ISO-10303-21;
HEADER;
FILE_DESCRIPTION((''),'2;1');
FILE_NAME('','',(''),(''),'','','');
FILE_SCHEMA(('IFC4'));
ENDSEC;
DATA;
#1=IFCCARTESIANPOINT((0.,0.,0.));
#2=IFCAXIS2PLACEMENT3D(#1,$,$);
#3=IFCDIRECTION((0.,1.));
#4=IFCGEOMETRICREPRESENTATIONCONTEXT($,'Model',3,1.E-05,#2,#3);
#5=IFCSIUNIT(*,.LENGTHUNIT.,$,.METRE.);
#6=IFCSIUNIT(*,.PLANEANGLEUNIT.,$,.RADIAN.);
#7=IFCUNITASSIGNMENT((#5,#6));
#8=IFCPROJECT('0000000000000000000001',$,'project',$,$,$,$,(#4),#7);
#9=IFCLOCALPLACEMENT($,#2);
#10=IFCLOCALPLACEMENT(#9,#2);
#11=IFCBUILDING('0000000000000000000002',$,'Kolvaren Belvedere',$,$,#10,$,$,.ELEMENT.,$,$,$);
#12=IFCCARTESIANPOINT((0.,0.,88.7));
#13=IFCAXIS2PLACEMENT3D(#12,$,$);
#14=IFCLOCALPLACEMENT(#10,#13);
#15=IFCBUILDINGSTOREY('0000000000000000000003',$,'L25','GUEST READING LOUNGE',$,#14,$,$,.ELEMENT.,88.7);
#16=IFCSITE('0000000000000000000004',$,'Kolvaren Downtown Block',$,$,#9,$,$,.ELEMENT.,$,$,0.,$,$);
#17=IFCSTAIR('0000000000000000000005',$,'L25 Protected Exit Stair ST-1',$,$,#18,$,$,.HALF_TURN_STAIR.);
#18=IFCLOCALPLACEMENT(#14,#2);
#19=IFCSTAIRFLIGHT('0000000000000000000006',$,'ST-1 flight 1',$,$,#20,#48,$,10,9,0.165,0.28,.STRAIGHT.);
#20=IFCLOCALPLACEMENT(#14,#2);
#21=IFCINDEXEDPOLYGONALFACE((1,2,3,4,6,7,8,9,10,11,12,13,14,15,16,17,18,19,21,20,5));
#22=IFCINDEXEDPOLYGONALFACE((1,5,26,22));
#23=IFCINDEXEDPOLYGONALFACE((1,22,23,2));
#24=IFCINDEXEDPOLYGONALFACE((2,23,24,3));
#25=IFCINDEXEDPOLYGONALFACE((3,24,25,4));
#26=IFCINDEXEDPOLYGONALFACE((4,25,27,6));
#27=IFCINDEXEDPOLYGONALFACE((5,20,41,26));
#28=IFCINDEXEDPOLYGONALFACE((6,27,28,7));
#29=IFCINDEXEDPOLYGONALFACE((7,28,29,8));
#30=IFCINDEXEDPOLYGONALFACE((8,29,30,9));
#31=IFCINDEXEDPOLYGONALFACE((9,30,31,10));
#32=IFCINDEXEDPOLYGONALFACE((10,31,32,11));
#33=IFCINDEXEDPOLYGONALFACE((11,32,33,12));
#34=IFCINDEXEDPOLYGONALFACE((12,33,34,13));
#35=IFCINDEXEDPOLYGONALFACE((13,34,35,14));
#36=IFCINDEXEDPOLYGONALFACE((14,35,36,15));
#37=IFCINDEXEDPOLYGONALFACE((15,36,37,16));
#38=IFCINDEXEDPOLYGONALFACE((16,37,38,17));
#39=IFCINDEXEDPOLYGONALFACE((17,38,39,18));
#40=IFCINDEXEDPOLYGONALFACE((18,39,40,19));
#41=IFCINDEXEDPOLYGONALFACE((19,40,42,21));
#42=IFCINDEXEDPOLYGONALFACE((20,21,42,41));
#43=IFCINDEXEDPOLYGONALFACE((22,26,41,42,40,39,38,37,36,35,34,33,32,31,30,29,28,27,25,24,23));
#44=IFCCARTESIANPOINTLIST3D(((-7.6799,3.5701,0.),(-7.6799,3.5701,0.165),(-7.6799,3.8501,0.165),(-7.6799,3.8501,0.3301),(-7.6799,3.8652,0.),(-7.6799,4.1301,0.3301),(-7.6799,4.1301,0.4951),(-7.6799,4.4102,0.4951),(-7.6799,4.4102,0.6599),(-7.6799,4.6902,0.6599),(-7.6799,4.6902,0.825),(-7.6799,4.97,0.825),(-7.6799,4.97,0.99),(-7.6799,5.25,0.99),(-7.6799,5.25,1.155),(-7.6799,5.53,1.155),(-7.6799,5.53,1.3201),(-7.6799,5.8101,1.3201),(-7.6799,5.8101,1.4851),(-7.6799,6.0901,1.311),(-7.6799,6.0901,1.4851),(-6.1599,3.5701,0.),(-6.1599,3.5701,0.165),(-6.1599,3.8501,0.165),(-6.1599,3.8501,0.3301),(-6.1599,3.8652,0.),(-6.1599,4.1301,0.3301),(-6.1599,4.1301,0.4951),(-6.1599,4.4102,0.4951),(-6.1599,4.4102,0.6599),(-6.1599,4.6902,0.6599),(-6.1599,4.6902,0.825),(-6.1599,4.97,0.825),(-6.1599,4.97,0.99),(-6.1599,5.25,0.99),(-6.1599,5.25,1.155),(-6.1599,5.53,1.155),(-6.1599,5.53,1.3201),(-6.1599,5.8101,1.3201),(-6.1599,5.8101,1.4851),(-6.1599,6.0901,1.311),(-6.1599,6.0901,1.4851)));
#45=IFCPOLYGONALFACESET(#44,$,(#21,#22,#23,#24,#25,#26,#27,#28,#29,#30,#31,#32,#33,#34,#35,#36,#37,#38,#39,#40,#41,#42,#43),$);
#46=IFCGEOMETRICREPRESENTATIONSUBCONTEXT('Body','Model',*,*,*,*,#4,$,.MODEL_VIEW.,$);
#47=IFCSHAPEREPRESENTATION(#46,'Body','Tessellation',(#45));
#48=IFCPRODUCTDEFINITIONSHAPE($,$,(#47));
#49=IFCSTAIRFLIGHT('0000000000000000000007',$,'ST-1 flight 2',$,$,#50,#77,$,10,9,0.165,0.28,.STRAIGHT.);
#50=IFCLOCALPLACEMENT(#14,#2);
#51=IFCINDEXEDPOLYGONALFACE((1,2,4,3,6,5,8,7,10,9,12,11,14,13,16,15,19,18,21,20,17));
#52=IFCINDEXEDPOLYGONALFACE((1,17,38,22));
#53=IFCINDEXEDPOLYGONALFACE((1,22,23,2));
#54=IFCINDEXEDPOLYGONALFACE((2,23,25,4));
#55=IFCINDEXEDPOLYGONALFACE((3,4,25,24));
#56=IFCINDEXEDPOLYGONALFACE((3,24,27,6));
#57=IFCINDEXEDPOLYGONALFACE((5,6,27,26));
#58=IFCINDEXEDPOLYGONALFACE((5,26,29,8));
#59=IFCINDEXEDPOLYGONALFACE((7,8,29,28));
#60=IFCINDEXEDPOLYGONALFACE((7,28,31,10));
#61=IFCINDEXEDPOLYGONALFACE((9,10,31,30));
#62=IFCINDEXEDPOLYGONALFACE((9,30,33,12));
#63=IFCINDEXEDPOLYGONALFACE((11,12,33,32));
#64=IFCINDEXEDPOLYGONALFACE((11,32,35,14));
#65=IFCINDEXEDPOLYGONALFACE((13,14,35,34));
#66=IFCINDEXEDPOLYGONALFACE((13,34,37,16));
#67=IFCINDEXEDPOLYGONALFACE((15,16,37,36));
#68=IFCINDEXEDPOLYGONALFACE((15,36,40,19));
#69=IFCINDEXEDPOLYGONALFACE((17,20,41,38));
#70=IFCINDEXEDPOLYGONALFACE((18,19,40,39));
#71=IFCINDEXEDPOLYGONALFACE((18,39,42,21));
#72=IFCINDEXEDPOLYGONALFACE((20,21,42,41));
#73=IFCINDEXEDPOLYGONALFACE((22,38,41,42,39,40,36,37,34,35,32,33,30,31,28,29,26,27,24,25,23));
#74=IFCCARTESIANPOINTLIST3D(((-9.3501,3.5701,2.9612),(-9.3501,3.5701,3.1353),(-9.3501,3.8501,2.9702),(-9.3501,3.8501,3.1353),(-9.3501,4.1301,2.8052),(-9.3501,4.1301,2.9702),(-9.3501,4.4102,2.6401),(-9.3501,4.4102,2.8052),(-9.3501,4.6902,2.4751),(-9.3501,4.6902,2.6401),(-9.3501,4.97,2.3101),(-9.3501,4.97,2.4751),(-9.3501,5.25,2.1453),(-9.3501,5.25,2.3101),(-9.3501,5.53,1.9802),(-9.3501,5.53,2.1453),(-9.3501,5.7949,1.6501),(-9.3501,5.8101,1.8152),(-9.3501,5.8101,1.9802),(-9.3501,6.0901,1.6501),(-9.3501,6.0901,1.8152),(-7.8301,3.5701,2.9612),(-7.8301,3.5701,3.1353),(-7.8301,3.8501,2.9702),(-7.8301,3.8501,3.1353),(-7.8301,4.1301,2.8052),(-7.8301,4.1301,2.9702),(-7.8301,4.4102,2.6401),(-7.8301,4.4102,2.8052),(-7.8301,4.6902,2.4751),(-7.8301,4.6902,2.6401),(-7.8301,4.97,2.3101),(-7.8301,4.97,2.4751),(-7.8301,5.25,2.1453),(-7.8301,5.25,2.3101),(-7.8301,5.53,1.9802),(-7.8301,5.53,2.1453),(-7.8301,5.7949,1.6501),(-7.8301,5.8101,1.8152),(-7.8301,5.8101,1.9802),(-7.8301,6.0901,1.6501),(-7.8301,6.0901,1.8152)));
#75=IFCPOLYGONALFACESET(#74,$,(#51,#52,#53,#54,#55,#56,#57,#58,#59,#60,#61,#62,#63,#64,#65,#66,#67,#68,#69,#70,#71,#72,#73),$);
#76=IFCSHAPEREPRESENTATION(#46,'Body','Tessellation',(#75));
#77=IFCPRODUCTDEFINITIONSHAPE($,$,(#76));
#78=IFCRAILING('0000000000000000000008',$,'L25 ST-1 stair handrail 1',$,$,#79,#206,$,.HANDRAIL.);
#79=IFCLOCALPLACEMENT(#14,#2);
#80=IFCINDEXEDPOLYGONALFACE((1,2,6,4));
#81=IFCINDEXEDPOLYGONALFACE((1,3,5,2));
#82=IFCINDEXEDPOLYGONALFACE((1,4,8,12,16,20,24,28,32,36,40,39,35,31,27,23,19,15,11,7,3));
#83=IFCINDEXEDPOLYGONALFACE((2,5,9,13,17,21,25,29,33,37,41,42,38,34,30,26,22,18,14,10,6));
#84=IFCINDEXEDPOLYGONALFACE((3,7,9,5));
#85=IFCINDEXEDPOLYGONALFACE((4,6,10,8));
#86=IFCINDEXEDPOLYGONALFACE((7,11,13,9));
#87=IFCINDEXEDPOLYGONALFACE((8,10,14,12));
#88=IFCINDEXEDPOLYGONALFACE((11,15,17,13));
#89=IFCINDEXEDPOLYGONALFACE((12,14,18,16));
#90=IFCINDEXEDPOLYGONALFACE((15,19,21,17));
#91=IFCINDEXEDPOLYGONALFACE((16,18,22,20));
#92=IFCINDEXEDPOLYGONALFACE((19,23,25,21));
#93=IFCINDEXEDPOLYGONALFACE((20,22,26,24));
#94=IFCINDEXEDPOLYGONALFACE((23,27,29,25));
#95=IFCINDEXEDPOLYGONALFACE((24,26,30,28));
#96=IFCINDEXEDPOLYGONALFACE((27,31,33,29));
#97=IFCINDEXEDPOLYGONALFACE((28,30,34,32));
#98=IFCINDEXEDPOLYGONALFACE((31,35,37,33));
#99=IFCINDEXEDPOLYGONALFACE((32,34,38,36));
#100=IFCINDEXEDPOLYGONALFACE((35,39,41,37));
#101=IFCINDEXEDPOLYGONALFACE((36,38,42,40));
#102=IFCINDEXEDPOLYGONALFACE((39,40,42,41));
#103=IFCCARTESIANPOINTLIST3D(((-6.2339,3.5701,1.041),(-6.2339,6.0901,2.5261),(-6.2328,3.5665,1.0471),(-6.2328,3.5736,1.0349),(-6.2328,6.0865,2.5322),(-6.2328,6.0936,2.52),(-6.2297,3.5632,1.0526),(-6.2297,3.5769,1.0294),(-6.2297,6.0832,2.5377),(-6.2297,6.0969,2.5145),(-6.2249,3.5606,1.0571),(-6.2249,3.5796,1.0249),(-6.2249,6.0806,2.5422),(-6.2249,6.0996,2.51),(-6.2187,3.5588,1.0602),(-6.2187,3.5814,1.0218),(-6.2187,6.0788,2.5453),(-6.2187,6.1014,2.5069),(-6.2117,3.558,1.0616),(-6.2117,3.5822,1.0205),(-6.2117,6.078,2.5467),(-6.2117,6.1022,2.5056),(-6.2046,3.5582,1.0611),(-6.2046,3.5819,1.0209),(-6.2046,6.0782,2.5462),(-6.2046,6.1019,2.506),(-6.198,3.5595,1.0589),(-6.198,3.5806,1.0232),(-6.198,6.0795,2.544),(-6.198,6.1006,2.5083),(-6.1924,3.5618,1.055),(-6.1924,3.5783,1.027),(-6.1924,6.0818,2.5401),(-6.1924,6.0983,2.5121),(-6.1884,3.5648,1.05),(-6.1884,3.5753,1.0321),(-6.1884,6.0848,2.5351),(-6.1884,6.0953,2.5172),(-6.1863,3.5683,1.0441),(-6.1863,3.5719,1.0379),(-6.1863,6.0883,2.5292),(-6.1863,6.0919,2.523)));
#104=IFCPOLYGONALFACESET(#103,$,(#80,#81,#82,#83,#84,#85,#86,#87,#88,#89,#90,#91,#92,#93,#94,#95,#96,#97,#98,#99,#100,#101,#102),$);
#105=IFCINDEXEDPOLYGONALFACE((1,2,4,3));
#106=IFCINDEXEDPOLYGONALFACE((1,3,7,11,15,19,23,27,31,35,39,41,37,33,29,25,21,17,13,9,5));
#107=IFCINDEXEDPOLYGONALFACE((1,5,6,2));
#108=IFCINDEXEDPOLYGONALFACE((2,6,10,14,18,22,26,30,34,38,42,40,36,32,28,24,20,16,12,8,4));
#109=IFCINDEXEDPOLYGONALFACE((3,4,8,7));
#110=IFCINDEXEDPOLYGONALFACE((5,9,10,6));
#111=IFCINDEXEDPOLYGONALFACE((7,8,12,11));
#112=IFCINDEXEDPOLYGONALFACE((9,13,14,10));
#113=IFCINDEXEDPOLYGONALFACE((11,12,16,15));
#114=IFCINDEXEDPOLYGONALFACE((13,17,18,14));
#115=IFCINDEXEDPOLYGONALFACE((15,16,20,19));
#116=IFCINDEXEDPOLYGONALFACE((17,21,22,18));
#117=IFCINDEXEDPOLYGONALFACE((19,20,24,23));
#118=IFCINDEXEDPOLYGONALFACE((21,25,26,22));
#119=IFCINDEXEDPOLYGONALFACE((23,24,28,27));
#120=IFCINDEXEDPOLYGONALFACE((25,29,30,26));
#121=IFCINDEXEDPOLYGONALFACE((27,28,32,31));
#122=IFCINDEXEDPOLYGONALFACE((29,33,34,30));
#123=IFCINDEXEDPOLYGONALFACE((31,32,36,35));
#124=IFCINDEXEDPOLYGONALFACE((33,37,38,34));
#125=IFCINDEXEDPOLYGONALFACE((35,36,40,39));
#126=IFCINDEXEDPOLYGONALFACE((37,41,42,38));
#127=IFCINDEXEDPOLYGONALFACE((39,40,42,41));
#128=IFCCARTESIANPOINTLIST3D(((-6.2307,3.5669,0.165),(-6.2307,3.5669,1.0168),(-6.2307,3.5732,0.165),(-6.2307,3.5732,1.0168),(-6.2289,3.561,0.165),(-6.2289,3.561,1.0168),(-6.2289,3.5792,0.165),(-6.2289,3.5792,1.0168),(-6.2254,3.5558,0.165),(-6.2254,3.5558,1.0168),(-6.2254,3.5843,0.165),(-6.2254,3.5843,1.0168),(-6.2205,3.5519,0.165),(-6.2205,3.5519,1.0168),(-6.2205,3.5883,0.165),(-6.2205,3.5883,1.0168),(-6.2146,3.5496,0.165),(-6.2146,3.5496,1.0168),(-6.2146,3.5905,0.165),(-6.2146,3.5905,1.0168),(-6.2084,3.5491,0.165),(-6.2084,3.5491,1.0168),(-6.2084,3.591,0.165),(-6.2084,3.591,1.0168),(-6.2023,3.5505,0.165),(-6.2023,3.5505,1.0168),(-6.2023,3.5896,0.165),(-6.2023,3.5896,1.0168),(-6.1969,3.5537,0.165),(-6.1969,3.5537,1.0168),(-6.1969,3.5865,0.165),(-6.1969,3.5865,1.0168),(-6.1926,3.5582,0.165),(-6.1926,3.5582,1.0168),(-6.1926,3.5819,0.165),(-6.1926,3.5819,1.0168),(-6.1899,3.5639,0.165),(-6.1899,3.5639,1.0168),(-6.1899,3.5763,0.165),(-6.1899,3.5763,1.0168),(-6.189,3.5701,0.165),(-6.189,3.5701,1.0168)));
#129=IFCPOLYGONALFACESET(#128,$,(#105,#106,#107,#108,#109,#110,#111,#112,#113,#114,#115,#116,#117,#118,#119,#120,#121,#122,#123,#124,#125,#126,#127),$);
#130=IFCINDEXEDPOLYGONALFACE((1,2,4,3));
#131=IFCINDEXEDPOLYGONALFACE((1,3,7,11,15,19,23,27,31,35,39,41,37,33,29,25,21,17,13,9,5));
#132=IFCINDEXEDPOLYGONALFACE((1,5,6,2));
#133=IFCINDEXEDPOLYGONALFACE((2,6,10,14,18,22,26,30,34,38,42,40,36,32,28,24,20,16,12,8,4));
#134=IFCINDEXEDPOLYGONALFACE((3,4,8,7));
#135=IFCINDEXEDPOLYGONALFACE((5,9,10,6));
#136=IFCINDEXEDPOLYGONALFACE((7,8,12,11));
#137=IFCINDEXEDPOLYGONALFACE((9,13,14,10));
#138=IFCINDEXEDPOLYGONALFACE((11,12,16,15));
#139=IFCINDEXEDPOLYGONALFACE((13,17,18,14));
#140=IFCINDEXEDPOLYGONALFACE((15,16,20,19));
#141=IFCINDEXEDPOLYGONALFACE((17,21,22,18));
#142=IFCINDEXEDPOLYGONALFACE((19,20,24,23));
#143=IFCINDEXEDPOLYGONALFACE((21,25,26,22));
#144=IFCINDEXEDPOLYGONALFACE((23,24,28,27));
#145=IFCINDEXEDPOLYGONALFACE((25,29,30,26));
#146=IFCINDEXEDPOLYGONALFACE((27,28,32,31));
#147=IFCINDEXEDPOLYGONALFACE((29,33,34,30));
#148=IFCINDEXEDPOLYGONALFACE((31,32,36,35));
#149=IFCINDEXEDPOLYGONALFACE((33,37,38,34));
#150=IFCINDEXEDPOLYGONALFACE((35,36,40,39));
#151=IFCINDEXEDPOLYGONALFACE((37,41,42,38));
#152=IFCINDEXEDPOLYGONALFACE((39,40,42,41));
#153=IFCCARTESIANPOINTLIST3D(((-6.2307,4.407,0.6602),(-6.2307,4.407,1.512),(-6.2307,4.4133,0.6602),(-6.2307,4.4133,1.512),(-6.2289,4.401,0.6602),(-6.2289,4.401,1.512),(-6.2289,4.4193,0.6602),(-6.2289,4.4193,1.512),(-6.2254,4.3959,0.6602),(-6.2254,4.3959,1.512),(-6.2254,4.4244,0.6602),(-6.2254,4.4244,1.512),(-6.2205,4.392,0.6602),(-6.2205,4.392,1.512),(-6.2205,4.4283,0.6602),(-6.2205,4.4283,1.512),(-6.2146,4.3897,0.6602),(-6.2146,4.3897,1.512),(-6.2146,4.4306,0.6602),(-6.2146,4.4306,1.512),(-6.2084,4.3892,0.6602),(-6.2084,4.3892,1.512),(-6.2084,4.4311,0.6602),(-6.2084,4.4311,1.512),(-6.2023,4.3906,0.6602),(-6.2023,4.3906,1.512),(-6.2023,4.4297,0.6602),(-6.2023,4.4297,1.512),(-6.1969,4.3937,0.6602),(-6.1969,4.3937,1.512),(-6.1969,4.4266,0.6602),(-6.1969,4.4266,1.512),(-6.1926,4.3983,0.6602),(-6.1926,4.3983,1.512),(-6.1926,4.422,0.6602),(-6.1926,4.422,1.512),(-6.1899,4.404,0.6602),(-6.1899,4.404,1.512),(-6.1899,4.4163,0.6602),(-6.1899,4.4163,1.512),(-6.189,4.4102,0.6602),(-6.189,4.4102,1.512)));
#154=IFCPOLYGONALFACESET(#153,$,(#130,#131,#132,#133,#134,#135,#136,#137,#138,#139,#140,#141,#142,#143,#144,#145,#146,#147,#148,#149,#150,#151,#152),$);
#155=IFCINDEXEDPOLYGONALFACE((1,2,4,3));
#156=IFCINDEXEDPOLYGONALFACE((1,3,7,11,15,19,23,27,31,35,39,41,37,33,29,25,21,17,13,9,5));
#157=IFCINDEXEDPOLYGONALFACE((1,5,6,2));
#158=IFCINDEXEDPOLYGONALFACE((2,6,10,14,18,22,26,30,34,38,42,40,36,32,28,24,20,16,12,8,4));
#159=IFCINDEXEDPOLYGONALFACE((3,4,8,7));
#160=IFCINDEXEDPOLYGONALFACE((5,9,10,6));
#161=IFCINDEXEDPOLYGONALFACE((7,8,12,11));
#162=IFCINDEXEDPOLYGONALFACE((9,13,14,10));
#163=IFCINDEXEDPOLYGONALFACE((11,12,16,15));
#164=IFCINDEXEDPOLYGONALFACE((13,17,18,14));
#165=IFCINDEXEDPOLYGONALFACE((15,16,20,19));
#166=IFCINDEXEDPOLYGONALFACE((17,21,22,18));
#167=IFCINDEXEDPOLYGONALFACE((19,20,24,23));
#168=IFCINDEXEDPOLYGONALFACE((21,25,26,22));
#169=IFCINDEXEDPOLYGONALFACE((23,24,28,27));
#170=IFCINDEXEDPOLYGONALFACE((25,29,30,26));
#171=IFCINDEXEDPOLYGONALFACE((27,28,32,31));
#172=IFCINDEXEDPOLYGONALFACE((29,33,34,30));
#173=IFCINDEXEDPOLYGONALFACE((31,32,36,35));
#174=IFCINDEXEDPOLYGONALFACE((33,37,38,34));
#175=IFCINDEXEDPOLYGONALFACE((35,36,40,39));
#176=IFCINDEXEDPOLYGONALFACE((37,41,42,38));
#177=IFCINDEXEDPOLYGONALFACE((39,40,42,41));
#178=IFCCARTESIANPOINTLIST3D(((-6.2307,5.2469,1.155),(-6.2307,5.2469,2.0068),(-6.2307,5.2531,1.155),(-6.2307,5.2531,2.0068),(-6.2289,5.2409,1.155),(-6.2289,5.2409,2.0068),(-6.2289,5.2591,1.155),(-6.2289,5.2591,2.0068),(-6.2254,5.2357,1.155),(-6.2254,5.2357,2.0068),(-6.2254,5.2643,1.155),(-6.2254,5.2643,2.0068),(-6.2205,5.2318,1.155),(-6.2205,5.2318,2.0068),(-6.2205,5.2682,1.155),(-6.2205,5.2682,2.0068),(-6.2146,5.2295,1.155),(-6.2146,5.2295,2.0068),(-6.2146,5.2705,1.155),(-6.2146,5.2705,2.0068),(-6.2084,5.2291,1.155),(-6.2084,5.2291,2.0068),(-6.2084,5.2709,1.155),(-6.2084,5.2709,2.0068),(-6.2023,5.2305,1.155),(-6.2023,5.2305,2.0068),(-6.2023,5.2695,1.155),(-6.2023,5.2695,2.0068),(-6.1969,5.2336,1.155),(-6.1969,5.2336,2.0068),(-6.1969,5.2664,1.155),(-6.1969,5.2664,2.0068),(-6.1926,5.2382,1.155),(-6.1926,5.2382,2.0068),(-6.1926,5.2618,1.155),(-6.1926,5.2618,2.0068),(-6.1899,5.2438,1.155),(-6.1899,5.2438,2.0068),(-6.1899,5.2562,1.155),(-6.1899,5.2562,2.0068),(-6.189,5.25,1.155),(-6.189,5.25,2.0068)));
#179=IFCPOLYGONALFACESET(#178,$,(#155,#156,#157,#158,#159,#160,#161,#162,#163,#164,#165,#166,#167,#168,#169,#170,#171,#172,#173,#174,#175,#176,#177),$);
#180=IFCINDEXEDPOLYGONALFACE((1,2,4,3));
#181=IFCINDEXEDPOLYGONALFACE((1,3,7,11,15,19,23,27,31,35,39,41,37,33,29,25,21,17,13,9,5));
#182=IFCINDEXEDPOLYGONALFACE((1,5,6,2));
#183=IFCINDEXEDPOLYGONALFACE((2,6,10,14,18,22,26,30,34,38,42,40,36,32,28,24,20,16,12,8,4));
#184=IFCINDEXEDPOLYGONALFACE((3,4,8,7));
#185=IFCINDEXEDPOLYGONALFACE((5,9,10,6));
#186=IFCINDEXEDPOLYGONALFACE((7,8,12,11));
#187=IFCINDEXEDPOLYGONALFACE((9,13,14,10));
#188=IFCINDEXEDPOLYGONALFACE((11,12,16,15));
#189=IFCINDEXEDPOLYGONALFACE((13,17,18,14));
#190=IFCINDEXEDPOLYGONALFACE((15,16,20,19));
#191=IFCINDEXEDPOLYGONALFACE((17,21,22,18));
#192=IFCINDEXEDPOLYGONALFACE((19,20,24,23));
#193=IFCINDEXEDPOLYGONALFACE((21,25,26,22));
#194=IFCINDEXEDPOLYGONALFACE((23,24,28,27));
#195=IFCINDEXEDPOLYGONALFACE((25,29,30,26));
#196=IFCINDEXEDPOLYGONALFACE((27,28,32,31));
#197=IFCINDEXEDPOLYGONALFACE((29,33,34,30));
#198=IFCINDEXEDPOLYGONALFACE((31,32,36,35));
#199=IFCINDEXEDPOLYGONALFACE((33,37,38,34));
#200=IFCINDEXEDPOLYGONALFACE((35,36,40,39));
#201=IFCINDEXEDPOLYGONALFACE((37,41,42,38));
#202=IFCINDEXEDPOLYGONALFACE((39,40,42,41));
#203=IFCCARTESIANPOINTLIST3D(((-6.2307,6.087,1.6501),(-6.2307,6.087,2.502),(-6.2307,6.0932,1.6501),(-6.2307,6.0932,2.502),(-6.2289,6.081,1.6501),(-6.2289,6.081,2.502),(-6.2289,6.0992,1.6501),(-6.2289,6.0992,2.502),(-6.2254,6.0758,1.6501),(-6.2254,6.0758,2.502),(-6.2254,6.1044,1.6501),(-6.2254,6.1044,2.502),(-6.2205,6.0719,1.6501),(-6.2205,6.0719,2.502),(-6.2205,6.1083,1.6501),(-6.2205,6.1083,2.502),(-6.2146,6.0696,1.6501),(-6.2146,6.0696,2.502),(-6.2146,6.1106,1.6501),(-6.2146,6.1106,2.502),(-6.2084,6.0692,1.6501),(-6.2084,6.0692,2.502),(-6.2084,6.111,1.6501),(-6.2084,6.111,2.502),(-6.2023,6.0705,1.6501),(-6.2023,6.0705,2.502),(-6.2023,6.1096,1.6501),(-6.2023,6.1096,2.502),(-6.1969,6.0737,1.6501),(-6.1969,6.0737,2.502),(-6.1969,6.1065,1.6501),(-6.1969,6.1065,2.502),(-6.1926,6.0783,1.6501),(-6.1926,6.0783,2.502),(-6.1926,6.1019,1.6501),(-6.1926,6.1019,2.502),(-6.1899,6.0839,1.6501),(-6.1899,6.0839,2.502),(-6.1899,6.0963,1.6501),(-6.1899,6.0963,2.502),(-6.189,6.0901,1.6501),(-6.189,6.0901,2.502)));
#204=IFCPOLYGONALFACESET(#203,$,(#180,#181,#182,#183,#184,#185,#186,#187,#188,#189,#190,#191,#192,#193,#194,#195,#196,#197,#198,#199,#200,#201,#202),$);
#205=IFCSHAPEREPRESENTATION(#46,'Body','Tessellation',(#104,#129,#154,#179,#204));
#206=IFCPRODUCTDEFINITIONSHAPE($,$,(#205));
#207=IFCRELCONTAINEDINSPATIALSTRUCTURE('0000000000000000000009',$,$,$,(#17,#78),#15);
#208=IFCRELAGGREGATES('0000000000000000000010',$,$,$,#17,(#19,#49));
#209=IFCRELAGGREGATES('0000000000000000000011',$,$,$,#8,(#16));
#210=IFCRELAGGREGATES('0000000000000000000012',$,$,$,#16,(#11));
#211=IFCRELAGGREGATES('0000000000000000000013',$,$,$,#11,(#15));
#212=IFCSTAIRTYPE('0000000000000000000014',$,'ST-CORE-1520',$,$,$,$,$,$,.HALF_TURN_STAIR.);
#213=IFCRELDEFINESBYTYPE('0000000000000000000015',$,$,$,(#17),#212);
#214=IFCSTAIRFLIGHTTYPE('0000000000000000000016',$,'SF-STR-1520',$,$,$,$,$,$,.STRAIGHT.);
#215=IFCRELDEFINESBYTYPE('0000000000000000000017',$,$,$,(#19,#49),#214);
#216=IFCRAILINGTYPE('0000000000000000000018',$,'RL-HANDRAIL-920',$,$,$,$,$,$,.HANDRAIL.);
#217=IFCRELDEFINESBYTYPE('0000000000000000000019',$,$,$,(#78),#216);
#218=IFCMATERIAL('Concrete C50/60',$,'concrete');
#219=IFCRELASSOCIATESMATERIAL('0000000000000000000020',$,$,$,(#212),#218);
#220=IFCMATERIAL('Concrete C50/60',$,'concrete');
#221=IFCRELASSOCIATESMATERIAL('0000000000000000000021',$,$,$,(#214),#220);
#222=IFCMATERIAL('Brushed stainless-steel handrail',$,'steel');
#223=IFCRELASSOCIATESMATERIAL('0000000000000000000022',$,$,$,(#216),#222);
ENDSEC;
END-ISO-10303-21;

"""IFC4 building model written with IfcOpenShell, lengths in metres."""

from ifc_helpers import new_model, si_unit, direction, frame, origin, origin_2d, place, context, subcontext, project, spatial, polyline, circle, outline, extrude, material, type_object, element, aggregate, save


model = new_model("IFC4")

# Units and contexts
model_context = context("Model", 3, precision=1e-05, world=origin(), true_north=direction((0.0, 1.0)))
body_context = subcontext(model_context, "Body", "Model", "MODEL_VIEW")
ifc_project = project(units=[si_unit("LENGTHUNIT", "METRE"), si_unit("PLANEANGLEUNIT", "RADIAN")], contexts=[model_context])

# Site, building, storey
site_placement = place(None, origin())
site = spatial("IfcSite", under=ifc_project, at=site_placement, Name="Kolvaren Downtown Block", CompositionType="ELEMENT", RefElevation=0.0)
building_placement = place(site_placement, origin())
building = spatial("IfcBuilding", under=site, at=building_placement, Name="Kolvaren Belvedere", CompositionType="ELEMENT")
storey_placement = place(building_placement, frame((0.0, 0.0, 88.7)))
storey = spatial("IfcBuildingStorey", under=building, at=storey_placement, Name="L25", Description="GUEST READING LOUNGE", CompositionType="ELEMENT", Elevation=88.7)

# Stair, stair flights
ifc_material_1 = material(Name="Concrete C50/60", Category="concrete")
stair_type = type_object("IfcStairType", Name="ST-CORE-1520", PredefinedType="HALF_TURN_STAIR", material=ifc_material_1)
stair_placement = place(storey_placement, origin())
stair = element("IfcStair", 1, at=stair_placement, inside=storey, type_object=stair_type, Name="L25 Protected Exit Stair ST-1", PredefinedType="HALF_TURN_STAIR")
ifc_material_2 = material(Name="Concrete C50/60", Category="concrete")
stair_flight_type = type_object("IfcStairFlightType", Name="SF-STR-1520", PredefinedType="STRAIGHT", material=ifc_material_2)
stair_flight_1_placement = place(storey_placement, frame((-6.9199, 3.5701, 0.0), z_axis=(0.0, 0.0, 1.0), x_axis=(0.0, 1.0, 0.0)))
stair_flight_1 = element("IfcStairFlight", 2, at=stair_flight_1_placement, type_object=stair_flight_type, Name="ST-1 flight 1", NumberOfRisers=10, NumberOfTreads=9, PredefinedType="STRAIGHT", RiserHeight=0.165, TreadLength=0.28, context=body_context, shape_type="SweptSolid", body=[
    extrude(outline(polyline([(0.0, 0.0), (0.0, 0.165), (0.28, 0.165), (0.28, 0.3301), (0.5601, 0.3301), (0.5601, 0.4951), (0.8401, 0.4951), (0.8401, 0.6599), (1.1201, 0.6599), (1.1201, 0.825), (1.3999, 0.825), (1.3999, 0.99), (1.6799, 0.99), (1.6799, 1.155), (1.96, 1.155), (1.96, 1.3201), (2.24, 1.3201), (2.24, 1.4851), (2.52, 1.4851), (2.52, 1.6499), (2.52, 1.311), (0.2952, 0.0), (0.0, 0.0)])), frame((0.0, 0.76, 0.0), z_axis=(0.0, -1.0, 0.0), x_axis=(1.0, 0.0, 0.0)), (0.0, 0.0, 1.0), 1.52),
])
stair_flight_2_placement = place(storey_placement, frame((-8.5901, 6.0901, 1.6501), z_axis=(0.0, 0.0, 1.0), x_axis=(0.0, -1.0, 0.0)))
stair_flight_2 = element("IfcStairFlight", 3, at=stair_flight_2_placement, type_object=stair_flight_type, Name="ST-1 flight 2", NumberOfRisers=10, NumberOfTreads=9, PredefinedType="STRAIGHT", RiserHeight=0.165, TreadLength=0.28, context=body_context, shape_type="SweptSolid", body=[
    extrude(outline(polyline([(0.0, 0.0), (0.0, 0.165), (0.28, 0.165), (0.28, 0.3301), (0.5601, 0.3301), (0.5601, 0.4951), (0.8401, 0.4951), (0.8401, 0.6599), (1.1201, 0.6599), (1.1201, 0.825), (1.3999, 0.825), (1.3999, 0.99), (1.6799, 0.99), (1.6799, 1.155), (1.96, 1.155), (1.96, 1.3201), (2.24, 1.3201), (2.24, 1.4851), (2.52, 1.4851), (2.52, 1.6499), (2.52, 1.311), (0.2952, 0.0), (0.0, 0.0)])), frame((0.0, 0.76, 0.0), z_axis=(0.0, -1.0, 0.0), x_axis=(1.0, 0.0, 0.0)), (0.0, 0.0, 1.0), 1.52),
])
aggregate(stair, [stair_flight_1, stair_flight_2])

# Railing
ifc_material_3 = material(Name="Brushed stainless-steel handrail", Category="steel")
railing_type_1 = type_object("IfcRailingType", Name="RL-HANDRAIL-920", PredefinedType="HANDRAIL", material=ifc_material_3)
railing_1_placement = place(storey_placement, frame((-6.21, 3.5701, 0.165)))
element("IfcRailing", 4, at=railing_1_placement, inside=storey, type_object=railing_type_1, Name="L25 ST-1 stair handrail 1", PredefinedType="HANDRAIL", context=body_context, shape_type="SweptSolid", body=[
    extrude(circle(Radius=0.0239, at=origin_2d()), frame((0.0, 0.0, 0.876), z_axis=(0.0, 0.861524, 0.507717), x_axis=(-1.0, 0.0, 0.0)), (0.0, 0.0, 1.0), 2.925),
    extrude(circle(Radius=0.021, at=origin_2d()), origin(), (0.0, 0.0, 1.0), 0.8518),
    extrude(circle(Radius=0.021, at=origin_2d()), frame((0.0, 0.8401, 0.4951)), (0.0, 0.0, 1.0), 0.8518),
    extrude(circle(Radius=0.021, at=origin_2d()), frame((0.0, 1.6799, 0.99)), (0.0, 0.0, 1.0), 0.8518),
    extrude(circle(Radius=0.021, at=origin_2d()), frame((0.0, 2.52, 1.4851)), (0.0, 0.0, 1.0), 0.8518),
])

save(model, "model.ifc")
